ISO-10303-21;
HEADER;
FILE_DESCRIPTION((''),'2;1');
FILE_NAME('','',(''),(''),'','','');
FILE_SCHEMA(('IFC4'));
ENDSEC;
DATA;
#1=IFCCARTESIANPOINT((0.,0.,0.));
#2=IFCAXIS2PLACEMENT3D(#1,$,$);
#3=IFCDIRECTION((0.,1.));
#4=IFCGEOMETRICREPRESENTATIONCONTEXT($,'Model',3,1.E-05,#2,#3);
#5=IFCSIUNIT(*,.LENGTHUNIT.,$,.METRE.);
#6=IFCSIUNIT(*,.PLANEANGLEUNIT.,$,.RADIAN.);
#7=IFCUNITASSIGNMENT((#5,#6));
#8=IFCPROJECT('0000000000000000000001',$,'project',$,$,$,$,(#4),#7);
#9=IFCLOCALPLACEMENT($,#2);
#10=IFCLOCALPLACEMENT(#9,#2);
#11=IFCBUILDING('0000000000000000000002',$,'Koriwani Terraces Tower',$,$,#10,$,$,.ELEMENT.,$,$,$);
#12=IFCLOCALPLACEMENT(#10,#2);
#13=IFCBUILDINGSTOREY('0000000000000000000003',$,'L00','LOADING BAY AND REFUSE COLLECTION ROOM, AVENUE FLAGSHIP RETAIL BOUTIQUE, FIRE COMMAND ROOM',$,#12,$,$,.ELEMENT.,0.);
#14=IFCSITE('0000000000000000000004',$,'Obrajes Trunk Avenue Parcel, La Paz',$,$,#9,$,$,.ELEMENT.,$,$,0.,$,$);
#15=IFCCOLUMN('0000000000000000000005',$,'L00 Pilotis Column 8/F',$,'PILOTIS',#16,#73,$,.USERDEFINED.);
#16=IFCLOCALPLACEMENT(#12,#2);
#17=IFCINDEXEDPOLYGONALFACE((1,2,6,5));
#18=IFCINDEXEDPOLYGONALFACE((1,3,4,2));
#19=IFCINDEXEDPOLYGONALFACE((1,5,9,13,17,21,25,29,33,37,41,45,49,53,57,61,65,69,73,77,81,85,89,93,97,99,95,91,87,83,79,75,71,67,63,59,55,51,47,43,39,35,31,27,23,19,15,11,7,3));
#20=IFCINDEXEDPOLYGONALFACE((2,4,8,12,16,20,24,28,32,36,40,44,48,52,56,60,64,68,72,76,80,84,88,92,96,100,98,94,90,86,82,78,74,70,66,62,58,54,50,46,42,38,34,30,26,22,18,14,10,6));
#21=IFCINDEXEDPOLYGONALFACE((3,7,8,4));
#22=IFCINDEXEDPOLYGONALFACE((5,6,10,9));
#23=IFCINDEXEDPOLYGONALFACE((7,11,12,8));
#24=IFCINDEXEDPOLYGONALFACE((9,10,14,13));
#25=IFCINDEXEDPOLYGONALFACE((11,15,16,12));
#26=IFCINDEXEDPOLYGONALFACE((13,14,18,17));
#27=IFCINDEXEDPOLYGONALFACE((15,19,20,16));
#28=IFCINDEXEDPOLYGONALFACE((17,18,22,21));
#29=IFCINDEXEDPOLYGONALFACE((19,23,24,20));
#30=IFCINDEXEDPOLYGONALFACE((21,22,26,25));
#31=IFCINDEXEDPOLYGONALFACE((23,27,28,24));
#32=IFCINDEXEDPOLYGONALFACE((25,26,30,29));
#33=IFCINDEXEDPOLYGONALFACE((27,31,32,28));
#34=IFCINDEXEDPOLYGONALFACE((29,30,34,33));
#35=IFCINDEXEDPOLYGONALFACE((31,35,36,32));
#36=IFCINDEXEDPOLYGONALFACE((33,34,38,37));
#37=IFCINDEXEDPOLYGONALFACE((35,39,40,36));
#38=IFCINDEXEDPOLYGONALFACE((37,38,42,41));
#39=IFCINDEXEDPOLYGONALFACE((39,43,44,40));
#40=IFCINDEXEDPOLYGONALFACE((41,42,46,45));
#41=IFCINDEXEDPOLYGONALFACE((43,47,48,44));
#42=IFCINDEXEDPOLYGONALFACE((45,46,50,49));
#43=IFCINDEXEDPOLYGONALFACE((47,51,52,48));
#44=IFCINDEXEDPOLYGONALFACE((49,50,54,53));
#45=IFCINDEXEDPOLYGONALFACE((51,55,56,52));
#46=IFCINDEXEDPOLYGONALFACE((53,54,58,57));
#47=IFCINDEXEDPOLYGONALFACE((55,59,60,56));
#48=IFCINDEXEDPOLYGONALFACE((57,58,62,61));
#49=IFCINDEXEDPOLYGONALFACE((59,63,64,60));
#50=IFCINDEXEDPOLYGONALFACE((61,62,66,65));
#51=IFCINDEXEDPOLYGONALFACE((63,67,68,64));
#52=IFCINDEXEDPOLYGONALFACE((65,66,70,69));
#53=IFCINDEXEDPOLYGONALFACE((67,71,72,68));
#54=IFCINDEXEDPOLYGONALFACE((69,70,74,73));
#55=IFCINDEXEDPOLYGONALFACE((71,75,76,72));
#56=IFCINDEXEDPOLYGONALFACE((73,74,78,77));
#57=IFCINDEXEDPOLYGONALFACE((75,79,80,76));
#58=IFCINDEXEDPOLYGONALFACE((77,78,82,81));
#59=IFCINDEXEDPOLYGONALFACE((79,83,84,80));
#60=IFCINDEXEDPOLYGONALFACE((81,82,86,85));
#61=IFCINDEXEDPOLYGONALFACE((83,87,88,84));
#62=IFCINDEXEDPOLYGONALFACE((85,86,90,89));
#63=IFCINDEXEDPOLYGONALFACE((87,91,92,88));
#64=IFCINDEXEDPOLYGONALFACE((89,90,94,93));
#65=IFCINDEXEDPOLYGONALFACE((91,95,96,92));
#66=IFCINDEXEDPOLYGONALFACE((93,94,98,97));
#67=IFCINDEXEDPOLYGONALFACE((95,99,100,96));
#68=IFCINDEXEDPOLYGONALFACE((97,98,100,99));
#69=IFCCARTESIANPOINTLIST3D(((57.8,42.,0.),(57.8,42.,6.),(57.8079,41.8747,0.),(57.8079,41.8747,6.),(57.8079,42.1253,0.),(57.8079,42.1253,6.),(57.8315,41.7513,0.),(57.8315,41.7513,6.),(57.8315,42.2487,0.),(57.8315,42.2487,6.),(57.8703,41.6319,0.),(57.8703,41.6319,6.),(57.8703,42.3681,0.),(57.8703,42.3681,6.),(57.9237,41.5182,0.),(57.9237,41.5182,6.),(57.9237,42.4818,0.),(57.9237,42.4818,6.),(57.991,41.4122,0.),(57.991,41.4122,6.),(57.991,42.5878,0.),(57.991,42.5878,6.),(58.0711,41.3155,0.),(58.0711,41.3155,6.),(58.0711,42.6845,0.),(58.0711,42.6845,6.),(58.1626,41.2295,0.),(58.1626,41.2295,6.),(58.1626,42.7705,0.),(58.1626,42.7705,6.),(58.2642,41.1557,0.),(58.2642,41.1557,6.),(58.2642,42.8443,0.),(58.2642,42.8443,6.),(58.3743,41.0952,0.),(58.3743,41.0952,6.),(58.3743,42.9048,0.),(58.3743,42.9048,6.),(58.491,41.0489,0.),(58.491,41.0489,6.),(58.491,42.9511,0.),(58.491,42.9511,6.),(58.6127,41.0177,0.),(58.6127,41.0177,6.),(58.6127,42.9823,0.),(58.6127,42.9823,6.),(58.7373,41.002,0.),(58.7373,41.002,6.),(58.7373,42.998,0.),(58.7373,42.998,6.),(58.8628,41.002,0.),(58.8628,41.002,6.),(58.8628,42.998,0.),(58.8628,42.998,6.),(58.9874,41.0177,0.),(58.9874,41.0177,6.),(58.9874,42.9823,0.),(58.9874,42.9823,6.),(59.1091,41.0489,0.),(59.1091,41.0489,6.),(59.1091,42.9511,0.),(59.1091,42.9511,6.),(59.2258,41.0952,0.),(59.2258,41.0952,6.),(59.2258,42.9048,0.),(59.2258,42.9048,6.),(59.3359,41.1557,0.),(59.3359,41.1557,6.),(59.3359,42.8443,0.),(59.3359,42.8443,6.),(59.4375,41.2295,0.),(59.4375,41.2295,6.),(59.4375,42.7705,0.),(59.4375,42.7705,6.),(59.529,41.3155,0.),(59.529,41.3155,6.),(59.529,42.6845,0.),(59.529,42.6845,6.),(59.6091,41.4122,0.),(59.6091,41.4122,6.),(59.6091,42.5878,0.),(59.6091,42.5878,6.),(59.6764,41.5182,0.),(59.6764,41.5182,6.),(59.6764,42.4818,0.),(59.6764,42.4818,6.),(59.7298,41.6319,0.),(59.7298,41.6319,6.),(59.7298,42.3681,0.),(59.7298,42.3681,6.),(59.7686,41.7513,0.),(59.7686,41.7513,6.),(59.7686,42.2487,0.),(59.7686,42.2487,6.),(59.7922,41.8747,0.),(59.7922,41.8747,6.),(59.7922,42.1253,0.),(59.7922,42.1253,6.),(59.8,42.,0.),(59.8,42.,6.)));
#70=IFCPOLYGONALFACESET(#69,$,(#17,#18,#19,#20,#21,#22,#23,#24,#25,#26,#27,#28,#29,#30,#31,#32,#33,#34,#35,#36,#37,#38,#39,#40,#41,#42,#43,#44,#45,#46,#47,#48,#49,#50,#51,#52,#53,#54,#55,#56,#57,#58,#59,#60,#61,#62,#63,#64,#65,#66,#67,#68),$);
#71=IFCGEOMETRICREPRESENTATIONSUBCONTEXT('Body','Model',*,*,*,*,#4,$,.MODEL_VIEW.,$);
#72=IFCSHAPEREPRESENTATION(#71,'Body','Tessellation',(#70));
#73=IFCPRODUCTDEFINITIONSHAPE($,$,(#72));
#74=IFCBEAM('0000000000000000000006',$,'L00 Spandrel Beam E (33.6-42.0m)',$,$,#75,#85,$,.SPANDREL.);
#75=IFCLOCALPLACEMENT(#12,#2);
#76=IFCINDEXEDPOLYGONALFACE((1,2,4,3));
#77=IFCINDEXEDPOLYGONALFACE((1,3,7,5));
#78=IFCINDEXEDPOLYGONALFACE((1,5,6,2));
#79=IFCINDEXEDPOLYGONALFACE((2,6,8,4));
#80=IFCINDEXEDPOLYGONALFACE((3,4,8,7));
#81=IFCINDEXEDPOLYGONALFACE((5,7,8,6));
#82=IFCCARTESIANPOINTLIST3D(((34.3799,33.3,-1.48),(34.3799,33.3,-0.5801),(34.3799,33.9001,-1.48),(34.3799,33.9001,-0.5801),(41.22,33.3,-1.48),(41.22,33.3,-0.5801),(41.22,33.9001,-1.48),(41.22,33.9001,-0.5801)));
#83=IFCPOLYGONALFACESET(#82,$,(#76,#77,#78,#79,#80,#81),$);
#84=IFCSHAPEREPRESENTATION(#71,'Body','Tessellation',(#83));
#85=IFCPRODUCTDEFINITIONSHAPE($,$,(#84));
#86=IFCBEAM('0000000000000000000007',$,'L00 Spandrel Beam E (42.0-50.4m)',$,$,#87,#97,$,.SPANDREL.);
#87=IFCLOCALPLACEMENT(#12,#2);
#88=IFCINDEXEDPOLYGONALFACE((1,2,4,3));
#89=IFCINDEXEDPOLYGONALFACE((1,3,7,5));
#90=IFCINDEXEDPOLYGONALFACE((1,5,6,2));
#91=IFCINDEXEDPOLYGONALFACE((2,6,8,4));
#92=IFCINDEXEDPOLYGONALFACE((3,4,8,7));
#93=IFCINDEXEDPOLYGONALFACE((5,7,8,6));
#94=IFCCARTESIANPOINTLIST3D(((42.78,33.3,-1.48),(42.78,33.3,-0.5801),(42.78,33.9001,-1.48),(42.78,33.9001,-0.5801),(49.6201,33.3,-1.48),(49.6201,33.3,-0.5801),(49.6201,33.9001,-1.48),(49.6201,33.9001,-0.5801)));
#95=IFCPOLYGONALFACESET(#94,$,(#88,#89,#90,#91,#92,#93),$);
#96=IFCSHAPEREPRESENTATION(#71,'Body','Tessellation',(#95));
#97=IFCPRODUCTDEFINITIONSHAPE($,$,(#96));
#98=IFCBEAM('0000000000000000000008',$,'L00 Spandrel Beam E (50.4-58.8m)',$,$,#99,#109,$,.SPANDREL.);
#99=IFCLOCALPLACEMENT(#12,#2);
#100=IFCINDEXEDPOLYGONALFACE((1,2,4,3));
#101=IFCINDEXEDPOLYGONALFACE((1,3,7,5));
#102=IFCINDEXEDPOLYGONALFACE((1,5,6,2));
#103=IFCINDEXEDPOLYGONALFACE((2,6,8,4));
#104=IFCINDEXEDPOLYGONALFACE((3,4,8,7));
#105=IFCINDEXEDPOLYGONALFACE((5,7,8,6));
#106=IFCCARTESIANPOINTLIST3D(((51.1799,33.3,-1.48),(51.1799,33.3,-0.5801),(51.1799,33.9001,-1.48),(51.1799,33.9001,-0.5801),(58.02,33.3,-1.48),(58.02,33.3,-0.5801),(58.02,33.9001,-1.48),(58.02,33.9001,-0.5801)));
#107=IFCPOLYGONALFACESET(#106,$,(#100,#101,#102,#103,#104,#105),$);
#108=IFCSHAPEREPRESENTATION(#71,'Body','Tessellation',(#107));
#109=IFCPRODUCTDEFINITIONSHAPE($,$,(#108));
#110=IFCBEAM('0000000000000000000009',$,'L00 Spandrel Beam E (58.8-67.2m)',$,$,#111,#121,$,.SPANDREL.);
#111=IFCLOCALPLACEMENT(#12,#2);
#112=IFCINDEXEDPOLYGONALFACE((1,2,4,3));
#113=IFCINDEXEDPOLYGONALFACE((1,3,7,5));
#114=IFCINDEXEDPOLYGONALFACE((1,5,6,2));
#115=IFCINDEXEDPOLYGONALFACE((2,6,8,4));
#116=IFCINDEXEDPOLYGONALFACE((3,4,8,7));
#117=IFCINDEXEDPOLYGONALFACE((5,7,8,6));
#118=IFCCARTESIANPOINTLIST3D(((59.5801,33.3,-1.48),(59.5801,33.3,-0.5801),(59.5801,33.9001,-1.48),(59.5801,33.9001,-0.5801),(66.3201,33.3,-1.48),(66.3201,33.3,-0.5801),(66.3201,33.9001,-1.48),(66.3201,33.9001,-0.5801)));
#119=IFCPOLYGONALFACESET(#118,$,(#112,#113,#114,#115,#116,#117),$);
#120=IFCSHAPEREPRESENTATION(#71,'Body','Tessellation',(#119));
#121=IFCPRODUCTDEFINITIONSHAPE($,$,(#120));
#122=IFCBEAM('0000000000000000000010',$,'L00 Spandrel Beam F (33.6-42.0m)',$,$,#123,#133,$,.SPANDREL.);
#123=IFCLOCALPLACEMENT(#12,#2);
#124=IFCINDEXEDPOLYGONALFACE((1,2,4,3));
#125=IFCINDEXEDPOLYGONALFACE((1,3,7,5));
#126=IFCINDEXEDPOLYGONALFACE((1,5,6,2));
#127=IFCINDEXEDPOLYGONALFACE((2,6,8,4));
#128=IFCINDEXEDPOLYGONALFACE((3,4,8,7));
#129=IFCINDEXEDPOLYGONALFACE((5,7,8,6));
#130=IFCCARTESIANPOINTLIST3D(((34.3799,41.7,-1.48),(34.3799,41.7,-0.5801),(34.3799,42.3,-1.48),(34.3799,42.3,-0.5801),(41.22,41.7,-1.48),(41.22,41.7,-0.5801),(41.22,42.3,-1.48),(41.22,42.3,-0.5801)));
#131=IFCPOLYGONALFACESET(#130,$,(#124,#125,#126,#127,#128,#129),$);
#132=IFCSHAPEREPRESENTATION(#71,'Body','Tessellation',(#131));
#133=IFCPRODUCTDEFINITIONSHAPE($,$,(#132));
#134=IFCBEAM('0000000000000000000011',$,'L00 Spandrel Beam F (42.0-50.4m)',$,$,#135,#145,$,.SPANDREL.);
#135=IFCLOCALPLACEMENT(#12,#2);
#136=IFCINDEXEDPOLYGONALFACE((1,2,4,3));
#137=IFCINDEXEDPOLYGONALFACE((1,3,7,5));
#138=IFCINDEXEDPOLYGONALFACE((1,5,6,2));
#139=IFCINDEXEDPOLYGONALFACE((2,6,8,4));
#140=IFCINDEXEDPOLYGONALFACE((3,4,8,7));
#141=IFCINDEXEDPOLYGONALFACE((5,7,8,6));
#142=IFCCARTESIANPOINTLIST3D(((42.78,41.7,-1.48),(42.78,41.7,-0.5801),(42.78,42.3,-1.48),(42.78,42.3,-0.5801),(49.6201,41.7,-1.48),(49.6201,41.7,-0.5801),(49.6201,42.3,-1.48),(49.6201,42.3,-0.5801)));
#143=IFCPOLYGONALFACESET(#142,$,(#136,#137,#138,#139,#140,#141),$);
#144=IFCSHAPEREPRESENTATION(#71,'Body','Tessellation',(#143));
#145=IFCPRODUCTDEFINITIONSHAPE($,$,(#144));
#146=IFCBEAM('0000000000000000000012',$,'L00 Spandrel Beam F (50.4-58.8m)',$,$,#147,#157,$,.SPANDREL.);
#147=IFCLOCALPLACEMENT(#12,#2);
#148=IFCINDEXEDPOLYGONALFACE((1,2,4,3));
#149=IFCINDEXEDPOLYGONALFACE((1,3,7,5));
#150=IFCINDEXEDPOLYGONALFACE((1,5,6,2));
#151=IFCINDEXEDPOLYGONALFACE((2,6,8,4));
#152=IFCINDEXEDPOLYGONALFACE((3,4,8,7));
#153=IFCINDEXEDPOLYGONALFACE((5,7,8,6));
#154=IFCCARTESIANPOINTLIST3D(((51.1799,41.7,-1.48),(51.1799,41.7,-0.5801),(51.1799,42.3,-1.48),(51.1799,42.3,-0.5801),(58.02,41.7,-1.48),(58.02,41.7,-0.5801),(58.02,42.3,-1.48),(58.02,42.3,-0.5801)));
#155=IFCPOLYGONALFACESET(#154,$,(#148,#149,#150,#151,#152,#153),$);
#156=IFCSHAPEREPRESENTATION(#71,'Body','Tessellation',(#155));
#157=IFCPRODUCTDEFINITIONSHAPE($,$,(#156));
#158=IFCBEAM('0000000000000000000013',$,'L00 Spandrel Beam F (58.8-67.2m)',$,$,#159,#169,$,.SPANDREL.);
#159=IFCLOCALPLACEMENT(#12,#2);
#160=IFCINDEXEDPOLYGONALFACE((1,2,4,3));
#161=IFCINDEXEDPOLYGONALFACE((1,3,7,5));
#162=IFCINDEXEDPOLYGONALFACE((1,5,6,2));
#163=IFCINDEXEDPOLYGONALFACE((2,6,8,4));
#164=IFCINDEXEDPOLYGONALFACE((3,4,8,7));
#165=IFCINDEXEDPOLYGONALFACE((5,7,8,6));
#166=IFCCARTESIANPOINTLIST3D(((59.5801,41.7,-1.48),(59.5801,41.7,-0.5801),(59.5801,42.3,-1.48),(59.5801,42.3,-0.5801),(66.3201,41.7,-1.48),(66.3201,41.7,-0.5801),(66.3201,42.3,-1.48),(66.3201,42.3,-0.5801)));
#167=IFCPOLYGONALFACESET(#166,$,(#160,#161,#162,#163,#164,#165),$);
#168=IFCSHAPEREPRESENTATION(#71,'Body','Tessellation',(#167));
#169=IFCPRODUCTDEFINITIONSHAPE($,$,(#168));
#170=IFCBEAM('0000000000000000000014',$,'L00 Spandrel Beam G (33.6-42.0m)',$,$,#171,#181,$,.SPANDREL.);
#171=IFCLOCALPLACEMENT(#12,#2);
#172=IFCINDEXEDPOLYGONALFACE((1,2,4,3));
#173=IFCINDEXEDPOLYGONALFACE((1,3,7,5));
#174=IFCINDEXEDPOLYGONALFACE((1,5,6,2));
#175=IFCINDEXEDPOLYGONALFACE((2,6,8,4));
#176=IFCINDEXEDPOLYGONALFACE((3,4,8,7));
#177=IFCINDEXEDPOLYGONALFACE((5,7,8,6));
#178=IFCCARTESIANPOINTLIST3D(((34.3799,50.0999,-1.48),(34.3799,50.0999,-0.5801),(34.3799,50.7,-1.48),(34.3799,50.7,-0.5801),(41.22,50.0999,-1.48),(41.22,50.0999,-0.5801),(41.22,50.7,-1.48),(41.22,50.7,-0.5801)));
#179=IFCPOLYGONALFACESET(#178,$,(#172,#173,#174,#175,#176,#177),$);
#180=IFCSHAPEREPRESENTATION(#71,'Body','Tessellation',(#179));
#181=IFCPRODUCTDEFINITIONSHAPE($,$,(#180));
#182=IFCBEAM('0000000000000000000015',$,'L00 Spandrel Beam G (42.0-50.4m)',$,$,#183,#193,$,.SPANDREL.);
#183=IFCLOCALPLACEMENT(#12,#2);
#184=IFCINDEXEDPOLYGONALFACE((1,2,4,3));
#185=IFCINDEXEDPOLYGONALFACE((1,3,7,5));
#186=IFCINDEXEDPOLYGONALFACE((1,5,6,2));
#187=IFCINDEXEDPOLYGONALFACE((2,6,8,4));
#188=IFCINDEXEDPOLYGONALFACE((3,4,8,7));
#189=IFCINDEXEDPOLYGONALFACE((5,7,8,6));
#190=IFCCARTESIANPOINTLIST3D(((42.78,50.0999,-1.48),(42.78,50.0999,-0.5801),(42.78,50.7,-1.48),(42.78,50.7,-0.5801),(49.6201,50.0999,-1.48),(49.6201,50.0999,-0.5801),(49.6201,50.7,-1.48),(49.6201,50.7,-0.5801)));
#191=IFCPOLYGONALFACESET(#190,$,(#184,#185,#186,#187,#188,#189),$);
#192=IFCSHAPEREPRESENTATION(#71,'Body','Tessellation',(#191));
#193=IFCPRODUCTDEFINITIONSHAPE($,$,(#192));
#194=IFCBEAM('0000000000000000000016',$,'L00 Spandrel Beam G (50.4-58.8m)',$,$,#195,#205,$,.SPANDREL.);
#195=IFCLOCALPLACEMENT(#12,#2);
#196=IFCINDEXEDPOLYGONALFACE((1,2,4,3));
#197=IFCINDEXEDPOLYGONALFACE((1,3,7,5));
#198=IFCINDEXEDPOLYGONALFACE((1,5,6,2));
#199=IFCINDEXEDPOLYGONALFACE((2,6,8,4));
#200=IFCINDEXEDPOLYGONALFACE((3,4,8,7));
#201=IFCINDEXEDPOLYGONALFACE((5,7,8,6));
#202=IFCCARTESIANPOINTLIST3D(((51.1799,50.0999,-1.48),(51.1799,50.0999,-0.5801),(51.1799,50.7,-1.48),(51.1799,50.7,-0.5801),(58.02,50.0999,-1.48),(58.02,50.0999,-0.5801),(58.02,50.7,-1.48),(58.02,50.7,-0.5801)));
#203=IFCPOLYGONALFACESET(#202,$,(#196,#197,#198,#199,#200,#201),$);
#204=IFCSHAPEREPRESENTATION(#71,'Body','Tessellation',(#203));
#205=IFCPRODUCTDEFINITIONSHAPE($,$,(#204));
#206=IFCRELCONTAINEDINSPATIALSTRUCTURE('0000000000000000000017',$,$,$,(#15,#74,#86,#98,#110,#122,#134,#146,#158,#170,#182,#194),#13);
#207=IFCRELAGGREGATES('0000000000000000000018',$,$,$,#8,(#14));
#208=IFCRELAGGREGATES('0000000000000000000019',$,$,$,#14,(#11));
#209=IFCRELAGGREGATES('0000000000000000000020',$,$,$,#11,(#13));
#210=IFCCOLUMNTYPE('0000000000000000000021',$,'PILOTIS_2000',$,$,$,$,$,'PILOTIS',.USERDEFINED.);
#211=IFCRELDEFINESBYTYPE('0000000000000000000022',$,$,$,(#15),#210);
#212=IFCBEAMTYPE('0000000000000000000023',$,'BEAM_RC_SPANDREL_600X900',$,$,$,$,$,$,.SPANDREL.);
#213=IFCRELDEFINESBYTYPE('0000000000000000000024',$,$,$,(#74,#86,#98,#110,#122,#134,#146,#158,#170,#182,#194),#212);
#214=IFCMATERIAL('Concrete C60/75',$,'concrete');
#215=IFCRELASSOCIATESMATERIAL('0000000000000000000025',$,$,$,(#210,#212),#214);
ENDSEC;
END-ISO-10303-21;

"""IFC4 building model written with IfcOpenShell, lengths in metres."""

from ifc_helpers import new_model, si_unit, direction, frame, origin, origin_2d, place, context, subcontext, project, spatial, rectangle, circle, extrude, material, material_profile, profile_set, type_object, element, save


model = new_model("IFC4")

# Units and contexts
model_context = context("Model", 3, precision=1e-05, world=origin(), true_north=direction((0.0, 1.0)))
body_context = subcontext(model_context, "Body", "Model", "MODEL_VIEW")
ifc_project = project(units=[si_unit("LENGTHUNIT", "METRE"), si_unit("PLANEANGLEUNIT", "RADIAN")], contexts=[model_context])

# Site, building, storey
site_placement = place(None, origin())
site = spatial("IfcSite", under=ifc_project, at=site_placement, Name="Obrajes Trunk Avenue Parcel, La Paz", CompositionType="ELEMENT", RefElevation=0.0)
building_placement = place(site_placement, origin())
building = spatial("IfcBuilding", under=site, at=building_placement, Name="Koriwani Terraces Tower", CompositionType="ELEMENT")
storey_placement = place(building_placement, origin())
storey = spatial("IfcBuildingStorey", under=building, at=storey_placement, Name="L00", Description="LOADING BAY AND REFUSE COLLECTION ROOM, AVENUE FLAGSHIP RETAIL BOUTIQUE, FIRE COMMAND ROOM", CompositionType="ELEMENT", Elevation=0.0)

# Column
ifc_material_1 = material(Name="Concrete C60/75", Category="concrete")
ifc_material_profile_1 = material_profile(ifc_material_1, circle(Radius=1.0, at=origin_2d()), Name="Concrete C60/75", Category="LoadBearing")
ifc_profile_set_1 = profile_set([ifc_material_profile_1], Name="Concrete C60/75")
column_type = type_object("IfcColumnType", Name="PILOTIS_2000", ElementType="PILOTIS", PredefinedType="USERDEFINED", material=ifc_profile_set_1)
for number, where, z_axis, x_axis, name in (
    (1, (58.8, 42.0, 0.0), (0.0, 0.0, 1.0), (1.0, 0.0, 0.0), "L00 Pilotis Column 8/F"),
):
    element("IfcColumn", number, at=place(storey_placement, frame(where, z_axis=z_axis, x_axis=x_axis)), inside=storey, type_object=column_type, Name=name, ObjectType="PILOTIS", PredefinedType="USERDEFINED", context=body_context, shape_type="SweptSolid", body=[
        extrude(circle(Radius=1.0, at=origin_2d()), origin(), (0.0, 0.0, 1.0), 6.0),
    ])

# Beams
ifc_material_profile_2 = material_profile(ifc_material_1, rectangle(XDim=0.6001, YDim=0.8999, at=origin_2d()), Name="Concrete C60/75", Category="LoadBearing")
ifc_profile_set_2 = profile_set([ifc_material_profile_2], Name="Concrete C60/75")
beam_type_1 = type_object("IfcBeamType", Name="BEAM_RC_SPANDREL_600X900", PredefinedType="SPANDREL", material=ifc_profile_set_2)
for number, where, z_axis, x_axis, name in (
    (2, (34.3799, 33.6001, -1.03), (1.0, 0.0, 0.0), (0.0, 1.0, 0.0), "L00 Spandrel Beam E (33.6-42.0m)"),
    (3, (42.78, 33.6001, -1.03), (1.0, 0.0, 0.0), (0.0, 1.0, 0.0), "L00 Spandrel Beam E (42.0-50.4m)"),
    (4, (51.1799, 33.6001, -1.03), (1.0, 0.0, 0.0), (0.0, 1.0, 0.0), "L00 Spandrel Beam E (50.4-58.8m)"),
):
    element("IfcBeam", number, at=place(storey_placement, frame(where, z_axis=z_axis, x_axis=x_axis)), inside=storey, type_object=beam_type_1, Name=name, PredefinedType="SPANDREL", context=body_context, shape_type="SweptSolid", body=[
        extrude(rectangle(XDim=0.6001, YDim=0.8999, at=origin_2d()), origin(), (0.0, 0.0, 1.0), 6.8401),
    ])
beam_1_placement = place(storey_placement, frame((59.5801, 33.6001, -1.03), z_axis=(1.0, 0.0, 0.0), x_axis=(0.0, 1.0, 0.0)))
element("IfcBeam", 5, at=beam_1_placement, inside=storey, type_object=beam_type_1, Name="L00 Spandrel Beam E (58.8-67.2m)", PredefinedType="SPANDREL", context=body_context, shape_type="SweptSolid", body=[
    extrude(rectangle(XDim=0.6001, YDim=0.8999, at=origin_2d()), origin(), (0.0, 0.0, 1.0), 6.74),
])
for number, where, z_axis, x_axis, name in (
    (6, (34.3799, 42.0, -1.03), (1.0, 0.0, 0.0), (0.0, 1.0, 0.0), "L00 Spandrel Beam F (33.6-42.0m)"),
    (7, (42.78, 42.0, -1.03), (1.0, 0.0, 0.0), (0.0, 1.0, 0.0), "L00 Spandrel Beam F (42.0-50.4m)"),
    (8, (51.1799, 42.0, -1.03), (1.0, 0.0, 0.0), (0.0, 1.0, 0.0), "L00 Spandrel Beam F (50.4-58.8m)"),
):
    element("IfcBeam", number, at=place(storey_placement, frame(where, z_axis=z_axis, x_axis=x_axis)), inside=storey, type_object=beam_type_1, Name=name, PredefinedType="SPANDREL", context=body_context, shape_type="SweptSolid", body=[
        extrude(rectangle(XDim=0.6001, YDim=0.8999, at=origin_2d()), origin(), (0.0, 0.0, 1.0), 6.8401),
    ])
beam_2_placement = place(storey_placement, frame((59.5801, 42.0, -1.03), z_axis=(1.0, 0.0, 0.0), x_axis=(0.0, 1.0, 0.0)))
element("IfcBeam", 9, at=beam_2_placement, inside=storey, type_object=beam_type_1, Name="L00 Spandrel Beam F (58.8-67.2m)", PredefinedType="SPANDREL", context=body_context, shape_type="SweptSolid", body=[
    extrude(rectangle(XDim=0.6001, YDim=0.8999, at=origin_2d()), origin(), (0.0, 0.0, 1.0), 6.74),
])
for number, where, z_axis, x_axis, name in (
    (10, (34.3799, 50.3999, -1.03), (1.0, 0.0, 0.0), (0.0, 1.0, 0.0), "L00 Spandrel Beam G (33.6-42.0m)"),
    (11, (42.78, 50.3999, -1.03), (1.0, 0.0, 0.0), (0.0, 1.0, 0.0), "L00 Spandrel Beam G (42.0-50.4m)"),
    (12, (51.1799, 50.3999, -1.03), (1.0, 0.0, 0.0), (0.0, 1.0, 0.0), "L00 Spandrel Beam G (50.4-58.8m)"),
):
    element("IfcBeam", number, at=place(storey_placement, frame(where, z_axis=z_axis, x_axis=x_axis)), inside=storey, type_object=beam_type_1, Name=name, PredefinedType="SPANDREL", context=body_context, shape_type="SweptSolid", body=[
        extrude(rectangle(XDim=0.6001, YDim=0.8999, at=origin_2d()), origin(), (0.0, 0.0, 1.0), 6.8401),
    ])

save(model, "model.ifc")
